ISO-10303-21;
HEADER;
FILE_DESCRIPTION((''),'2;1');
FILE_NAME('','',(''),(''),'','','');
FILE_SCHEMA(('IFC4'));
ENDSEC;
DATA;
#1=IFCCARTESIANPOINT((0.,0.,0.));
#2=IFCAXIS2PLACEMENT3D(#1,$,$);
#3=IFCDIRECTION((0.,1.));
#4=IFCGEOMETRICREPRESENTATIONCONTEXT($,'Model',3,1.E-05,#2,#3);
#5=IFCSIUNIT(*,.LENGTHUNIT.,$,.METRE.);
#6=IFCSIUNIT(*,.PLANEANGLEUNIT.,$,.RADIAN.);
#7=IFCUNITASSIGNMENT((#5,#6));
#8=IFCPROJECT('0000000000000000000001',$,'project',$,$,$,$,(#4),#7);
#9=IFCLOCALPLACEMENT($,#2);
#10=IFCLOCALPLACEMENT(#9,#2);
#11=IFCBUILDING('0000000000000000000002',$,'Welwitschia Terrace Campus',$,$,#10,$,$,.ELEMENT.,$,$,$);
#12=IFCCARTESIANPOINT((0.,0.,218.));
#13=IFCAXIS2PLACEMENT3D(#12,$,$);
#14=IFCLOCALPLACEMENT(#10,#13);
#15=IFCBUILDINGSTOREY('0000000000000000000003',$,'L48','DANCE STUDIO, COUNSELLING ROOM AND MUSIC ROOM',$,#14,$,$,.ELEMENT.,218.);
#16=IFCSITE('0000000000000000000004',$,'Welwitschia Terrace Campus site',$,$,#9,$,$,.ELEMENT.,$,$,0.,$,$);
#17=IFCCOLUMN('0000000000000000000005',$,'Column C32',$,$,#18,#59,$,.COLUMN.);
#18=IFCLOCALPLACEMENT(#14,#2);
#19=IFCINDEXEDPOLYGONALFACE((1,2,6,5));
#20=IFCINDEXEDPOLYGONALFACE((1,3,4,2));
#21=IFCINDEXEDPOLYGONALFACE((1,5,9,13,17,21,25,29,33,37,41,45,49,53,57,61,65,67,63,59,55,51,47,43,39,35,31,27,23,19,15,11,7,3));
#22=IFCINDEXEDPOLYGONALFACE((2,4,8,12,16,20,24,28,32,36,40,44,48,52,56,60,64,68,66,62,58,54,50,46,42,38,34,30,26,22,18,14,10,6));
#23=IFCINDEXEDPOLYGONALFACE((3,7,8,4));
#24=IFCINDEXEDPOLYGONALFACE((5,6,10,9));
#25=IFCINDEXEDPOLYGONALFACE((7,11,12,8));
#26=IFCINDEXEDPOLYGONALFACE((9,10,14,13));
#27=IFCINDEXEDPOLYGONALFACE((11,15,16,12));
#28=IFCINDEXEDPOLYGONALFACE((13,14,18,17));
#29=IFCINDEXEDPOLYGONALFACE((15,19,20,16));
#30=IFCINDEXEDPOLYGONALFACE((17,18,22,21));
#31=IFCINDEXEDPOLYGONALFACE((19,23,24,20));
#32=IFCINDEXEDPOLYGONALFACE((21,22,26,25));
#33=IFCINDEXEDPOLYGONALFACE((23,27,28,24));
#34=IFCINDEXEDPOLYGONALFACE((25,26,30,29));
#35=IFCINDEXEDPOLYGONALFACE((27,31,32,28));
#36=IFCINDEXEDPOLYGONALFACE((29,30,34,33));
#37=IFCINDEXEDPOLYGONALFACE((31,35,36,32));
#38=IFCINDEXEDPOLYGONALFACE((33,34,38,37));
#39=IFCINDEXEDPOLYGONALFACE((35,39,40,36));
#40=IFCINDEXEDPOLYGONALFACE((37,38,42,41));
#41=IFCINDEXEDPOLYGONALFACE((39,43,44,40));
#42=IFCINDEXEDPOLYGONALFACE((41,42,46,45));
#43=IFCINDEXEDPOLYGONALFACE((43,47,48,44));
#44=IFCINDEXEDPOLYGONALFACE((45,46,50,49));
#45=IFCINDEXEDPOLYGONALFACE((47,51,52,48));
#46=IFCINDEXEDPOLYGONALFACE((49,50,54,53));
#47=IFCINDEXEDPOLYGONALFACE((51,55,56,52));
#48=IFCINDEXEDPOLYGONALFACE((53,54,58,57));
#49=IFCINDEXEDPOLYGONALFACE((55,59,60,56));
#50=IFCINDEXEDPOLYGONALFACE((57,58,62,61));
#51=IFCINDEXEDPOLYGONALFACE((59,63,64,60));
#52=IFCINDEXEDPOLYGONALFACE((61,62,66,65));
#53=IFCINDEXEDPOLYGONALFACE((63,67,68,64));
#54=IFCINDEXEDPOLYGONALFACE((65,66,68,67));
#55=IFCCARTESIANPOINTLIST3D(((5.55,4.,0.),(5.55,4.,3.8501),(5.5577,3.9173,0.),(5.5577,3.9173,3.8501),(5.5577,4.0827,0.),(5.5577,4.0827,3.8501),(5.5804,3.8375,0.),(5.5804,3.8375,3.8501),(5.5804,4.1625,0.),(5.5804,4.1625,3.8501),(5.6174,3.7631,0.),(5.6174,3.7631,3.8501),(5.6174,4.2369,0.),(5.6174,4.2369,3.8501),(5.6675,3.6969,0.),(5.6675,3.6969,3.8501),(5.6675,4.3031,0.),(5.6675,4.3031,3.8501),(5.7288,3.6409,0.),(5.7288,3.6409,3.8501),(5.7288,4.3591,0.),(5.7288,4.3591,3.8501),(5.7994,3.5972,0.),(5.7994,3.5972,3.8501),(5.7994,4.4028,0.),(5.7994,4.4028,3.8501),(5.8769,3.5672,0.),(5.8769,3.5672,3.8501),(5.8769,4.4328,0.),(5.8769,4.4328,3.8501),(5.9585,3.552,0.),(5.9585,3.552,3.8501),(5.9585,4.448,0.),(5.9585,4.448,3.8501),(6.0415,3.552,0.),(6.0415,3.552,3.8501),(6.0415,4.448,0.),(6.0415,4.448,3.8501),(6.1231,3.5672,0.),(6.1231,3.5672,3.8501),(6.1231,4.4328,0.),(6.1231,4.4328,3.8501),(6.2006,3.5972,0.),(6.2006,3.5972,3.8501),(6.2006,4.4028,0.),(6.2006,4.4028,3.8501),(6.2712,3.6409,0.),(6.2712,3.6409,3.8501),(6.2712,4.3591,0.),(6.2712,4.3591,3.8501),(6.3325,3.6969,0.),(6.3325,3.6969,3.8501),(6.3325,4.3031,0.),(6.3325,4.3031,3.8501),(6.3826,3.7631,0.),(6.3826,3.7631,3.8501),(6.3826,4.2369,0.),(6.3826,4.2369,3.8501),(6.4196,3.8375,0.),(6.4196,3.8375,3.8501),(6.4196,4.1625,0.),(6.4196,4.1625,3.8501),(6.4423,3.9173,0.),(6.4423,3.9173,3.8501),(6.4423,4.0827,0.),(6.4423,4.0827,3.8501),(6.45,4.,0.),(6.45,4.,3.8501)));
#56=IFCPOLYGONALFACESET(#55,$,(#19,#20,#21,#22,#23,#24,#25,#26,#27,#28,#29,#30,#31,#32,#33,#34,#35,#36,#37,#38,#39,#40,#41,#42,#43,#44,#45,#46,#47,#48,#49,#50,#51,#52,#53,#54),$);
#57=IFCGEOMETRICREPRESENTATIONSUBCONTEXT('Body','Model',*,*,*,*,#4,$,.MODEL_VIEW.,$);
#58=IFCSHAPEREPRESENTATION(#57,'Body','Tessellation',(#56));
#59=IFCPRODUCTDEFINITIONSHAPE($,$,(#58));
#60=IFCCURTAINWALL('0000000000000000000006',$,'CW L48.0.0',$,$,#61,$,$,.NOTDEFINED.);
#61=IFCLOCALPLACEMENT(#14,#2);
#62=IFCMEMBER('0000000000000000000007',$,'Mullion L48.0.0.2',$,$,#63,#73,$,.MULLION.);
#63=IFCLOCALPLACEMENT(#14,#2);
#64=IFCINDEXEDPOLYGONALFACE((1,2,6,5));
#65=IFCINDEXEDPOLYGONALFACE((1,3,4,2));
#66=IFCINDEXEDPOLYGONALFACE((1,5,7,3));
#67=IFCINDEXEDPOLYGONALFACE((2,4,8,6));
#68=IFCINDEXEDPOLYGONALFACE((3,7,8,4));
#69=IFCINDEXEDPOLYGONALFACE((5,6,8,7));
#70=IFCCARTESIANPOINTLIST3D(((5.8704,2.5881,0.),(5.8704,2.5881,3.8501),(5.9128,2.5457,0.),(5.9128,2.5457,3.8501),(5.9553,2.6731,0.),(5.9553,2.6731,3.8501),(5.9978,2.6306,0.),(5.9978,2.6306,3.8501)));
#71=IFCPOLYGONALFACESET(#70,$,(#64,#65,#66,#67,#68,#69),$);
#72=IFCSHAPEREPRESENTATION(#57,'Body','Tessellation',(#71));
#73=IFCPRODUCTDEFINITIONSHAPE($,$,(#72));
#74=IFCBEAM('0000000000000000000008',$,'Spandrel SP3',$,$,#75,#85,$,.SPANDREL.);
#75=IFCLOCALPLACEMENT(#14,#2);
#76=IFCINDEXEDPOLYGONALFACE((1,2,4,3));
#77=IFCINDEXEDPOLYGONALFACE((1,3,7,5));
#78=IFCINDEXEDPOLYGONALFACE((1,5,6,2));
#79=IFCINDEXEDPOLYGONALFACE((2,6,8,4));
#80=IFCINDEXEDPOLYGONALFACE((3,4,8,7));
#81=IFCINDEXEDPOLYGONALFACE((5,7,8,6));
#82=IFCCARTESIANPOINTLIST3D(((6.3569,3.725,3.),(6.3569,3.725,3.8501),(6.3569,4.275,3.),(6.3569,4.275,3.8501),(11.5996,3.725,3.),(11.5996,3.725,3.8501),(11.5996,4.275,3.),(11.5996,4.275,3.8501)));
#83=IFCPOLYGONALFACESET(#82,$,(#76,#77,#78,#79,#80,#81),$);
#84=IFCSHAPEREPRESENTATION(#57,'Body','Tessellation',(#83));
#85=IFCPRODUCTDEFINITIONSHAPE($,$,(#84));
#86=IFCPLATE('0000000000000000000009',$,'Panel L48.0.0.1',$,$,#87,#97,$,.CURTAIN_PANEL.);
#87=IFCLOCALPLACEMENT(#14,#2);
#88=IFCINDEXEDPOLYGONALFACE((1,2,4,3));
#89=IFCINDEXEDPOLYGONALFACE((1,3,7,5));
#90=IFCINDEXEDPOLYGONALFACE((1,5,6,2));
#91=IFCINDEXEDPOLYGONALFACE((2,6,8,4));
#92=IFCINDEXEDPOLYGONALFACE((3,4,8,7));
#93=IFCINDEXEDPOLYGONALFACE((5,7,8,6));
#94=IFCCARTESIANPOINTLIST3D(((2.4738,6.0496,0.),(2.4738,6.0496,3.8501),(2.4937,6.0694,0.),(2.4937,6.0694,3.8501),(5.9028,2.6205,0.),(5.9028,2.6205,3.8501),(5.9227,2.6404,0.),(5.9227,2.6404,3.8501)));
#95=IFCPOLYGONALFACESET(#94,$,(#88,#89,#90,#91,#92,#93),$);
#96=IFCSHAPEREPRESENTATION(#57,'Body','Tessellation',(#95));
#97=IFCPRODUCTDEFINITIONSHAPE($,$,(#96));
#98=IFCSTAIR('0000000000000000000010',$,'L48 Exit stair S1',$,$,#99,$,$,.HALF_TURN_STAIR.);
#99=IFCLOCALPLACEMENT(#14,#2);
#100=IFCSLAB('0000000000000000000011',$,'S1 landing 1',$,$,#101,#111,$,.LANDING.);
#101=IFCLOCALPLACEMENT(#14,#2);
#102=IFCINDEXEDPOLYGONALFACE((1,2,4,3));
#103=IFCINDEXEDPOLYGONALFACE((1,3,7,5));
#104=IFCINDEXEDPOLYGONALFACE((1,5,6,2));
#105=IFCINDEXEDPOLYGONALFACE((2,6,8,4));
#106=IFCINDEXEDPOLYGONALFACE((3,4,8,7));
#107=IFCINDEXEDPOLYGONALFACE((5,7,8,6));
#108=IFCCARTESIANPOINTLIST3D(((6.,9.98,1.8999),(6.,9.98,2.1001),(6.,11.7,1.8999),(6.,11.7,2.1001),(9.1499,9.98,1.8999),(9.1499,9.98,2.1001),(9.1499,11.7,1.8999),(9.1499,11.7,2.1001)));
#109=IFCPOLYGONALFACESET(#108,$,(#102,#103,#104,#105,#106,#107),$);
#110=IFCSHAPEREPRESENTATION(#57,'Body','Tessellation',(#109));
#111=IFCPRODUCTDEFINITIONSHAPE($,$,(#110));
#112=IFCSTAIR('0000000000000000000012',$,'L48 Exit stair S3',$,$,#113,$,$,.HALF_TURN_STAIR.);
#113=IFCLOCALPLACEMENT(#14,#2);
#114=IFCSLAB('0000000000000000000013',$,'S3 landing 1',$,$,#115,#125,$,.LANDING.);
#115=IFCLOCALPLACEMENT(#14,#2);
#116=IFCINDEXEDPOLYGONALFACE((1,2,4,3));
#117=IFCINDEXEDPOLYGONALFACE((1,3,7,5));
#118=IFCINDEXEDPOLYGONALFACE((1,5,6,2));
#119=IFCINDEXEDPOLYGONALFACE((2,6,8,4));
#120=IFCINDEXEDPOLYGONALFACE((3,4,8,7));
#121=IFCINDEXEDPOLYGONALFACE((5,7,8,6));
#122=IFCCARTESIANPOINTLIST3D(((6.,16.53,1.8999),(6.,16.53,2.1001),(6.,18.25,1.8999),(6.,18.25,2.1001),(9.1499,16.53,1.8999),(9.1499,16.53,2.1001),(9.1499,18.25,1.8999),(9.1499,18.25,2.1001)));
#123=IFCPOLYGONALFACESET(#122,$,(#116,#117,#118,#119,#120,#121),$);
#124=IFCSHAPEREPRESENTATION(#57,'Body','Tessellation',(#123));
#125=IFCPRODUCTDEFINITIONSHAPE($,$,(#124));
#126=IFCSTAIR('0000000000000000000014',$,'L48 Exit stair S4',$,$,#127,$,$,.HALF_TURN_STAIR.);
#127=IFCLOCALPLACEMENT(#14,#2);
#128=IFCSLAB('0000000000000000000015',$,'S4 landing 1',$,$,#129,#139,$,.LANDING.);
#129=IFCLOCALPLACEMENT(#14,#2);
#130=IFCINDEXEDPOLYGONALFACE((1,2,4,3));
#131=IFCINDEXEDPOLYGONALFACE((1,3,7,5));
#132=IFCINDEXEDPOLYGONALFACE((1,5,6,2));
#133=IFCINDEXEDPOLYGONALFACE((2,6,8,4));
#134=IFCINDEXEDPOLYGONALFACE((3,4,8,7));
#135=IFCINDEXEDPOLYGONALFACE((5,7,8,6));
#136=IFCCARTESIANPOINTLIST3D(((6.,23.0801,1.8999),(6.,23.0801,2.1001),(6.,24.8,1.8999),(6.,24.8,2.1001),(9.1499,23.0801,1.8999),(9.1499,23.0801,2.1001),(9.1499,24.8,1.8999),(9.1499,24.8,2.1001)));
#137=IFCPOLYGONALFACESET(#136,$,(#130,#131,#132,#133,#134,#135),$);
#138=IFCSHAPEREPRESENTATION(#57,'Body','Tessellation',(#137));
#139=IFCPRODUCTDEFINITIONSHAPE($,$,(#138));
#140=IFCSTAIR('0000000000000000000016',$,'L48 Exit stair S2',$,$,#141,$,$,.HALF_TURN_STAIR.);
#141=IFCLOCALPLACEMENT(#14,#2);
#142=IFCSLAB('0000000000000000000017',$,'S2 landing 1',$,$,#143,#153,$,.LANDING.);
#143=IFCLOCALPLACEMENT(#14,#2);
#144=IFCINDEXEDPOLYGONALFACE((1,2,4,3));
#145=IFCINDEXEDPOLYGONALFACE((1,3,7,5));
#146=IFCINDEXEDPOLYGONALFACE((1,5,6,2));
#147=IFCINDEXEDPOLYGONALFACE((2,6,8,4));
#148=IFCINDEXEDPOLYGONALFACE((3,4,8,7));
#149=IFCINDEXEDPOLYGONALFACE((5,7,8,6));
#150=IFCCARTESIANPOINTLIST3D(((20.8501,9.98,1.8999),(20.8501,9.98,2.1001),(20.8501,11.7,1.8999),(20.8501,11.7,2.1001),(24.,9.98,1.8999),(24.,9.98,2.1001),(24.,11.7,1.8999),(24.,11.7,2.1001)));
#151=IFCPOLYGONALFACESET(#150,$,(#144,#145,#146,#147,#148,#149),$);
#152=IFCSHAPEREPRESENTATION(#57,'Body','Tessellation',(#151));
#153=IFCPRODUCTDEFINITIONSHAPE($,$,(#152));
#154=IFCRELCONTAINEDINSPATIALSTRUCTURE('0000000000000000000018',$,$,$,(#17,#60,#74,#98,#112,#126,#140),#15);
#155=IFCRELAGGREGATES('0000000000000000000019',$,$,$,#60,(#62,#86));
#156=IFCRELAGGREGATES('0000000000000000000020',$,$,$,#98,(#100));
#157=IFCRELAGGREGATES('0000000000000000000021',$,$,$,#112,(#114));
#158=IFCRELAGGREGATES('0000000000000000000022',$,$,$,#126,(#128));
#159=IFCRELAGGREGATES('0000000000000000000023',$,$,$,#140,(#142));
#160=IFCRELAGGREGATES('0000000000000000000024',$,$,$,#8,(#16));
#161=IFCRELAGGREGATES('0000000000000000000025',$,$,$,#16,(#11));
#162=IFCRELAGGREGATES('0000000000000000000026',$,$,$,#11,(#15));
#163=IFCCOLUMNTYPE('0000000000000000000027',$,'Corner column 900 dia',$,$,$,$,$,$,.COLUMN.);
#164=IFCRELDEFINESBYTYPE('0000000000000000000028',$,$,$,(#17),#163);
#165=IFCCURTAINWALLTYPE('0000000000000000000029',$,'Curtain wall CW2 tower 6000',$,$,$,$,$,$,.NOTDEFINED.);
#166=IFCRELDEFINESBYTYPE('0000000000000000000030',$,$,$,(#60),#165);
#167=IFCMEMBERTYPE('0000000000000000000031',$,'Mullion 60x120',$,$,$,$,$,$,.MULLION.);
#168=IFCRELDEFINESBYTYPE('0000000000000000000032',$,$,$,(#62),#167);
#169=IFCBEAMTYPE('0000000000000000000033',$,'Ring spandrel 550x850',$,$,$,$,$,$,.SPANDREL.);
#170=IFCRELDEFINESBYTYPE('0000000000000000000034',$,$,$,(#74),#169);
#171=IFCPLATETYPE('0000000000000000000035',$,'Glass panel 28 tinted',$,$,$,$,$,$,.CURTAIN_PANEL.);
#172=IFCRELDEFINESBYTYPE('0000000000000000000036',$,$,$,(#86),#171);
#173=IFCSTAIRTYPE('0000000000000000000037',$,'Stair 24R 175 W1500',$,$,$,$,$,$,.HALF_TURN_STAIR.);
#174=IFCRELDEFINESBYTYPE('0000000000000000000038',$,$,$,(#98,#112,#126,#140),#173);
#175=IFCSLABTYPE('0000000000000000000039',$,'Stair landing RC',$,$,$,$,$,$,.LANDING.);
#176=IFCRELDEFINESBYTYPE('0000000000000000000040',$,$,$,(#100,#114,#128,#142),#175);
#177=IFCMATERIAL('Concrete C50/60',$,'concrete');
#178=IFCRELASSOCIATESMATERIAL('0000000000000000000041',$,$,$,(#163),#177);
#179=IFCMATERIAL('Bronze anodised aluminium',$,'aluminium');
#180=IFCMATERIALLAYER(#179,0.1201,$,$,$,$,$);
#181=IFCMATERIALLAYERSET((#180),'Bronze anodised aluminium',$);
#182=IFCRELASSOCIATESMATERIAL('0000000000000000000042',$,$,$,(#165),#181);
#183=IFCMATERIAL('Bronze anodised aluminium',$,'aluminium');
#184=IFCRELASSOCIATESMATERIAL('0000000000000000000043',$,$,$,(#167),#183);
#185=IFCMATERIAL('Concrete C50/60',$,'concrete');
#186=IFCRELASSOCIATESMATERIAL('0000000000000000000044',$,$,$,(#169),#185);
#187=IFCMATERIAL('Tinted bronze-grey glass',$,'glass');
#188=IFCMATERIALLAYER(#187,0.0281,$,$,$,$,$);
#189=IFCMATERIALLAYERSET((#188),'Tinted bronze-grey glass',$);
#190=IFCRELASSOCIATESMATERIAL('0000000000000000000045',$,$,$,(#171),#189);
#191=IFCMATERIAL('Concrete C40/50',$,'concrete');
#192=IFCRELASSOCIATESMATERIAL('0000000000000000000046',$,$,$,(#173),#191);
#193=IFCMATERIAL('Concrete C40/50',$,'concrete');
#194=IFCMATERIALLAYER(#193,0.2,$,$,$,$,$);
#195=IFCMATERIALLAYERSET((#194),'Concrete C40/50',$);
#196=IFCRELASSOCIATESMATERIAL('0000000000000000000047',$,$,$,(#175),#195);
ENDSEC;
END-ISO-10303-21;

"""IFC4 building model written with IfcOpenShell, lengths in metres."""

from ifc_helpers import new_model, si_unit, direction, frame, origin, origin_2d, place, context, subcontext, project, spatial, polyline, rectangle, circle, outline, extrude, material, layer, layer_set, material_profile, profile_set, type_object, element, aggregate, save


model = new_model("IFC4")

# Units and contexts
model_context = context("Model", 3, precision=1e-05, world=origin(), true_north=direction((0.0, 1.0)))
body_context = subcontext(model_context, "Body", "Model", "MODEL_VIEW")
ifc_project = project(units=[si_unit("LENGTHUNIT", "METRE"), si_unit("PLANEANGLEUNIT", "RADIAN")], contexts=[model_context])

# Site, building, storey
site_placement = place(None, origin())
site = spatial("IfcSite", under=ifc_project, at=site_placement, Name="Welwitschia Terrace Campus site", CompositionType="ELEMENT", RefElevation=0.0)
building_placement = place(site_placement, origin())
building = spatial("IfcBuilding", under=site, at=building_placement, Name="Welwitschia Terrace Campus", CompositionType="ELEMENT")
storey_placement = place(building_placement, frame((0.0, 0.0, 218.0)))
storey = spatial("IfcBuildingStorey", under=building, at=storey_placement, Name="L48", Description="DANCE STUDIO, COUNSELLING ROOM AND MUSIC ROOM", CompositionType="ELEMENT", Elevation=218.0)

# Column
ifc_material_1 = material(Name="Concrete C50/60", Category="concrete")
ifc_material_profile_1 = material_profile(ifc_material_1, circle(Radius=0.45, at=origin_2d()))
ifc_profile_set_1 = profile_set([ifc_material_profile_1], Name="Concrete C50/60")
column_type = type_object("IfcColumnType", Name="Corner column 900 dia", PredefinedType="COLUMN", material=ifc_profile_set_1)
column_placement = place(storey_placement, frame((6.0, 4.0, 0.0), z_axis=(0.0, 0.0, 1.0), x_axis=(1.0, 0.0, 0.0)))
element("IfcColumn", 1, at=column_placement, inside=storey, type_object=column_type, Name="Column C32", PredefinedType="COLUMN", context=body_context, shape_type="SweptSolid", body=[
    extrude(circle(Radius=0.45, at=origin_2d()), origin(), (0.0, 0.0, 1.0), 3.8501),
])

# Curtain wall, member
ifc_material_2 = material(Name="Bronze anodised aluminium", Category="aluminium")
ifc_layer_1 = layer(ifc_material_2, 0.1201)
ifc_layer_set_1 = layer_set([ifc_layer_1], Name="Bronze anodised aluminium")
curtain_wall_type = type_object("IfcCurtainWallType", Name="Curtain wall CW2 tower 6000", PredefinedType="NOTDEFINED", material=ifc_layer_set_1)
curtain_wall_placement = place(storey_placement, origin())
curtain_wall = element("IfcCurtainWall", 2, at=curtain_wall_placement, inside=storey, type_object=curtain_wall_type, Name="CW L48.0.0", PredefinedType="NOTDEFINED")
ifc_material_3 = material(Name="Bronze anodised aluminium", Category="aluminium")
ifc_material_profile_2 = material_profile(ifc_material_3, rectangle(XDim=0.1201, YDim=0.0601, at=origin_2d()))
ifc_profile_set_2 = profile_set([ifc_material_profile_2], Name="Bronze anodised aluminium")
member_type = type_object("IfcMemberType", Name="Mullion 60x120", PredefinedType="MULLION", material=ifc_profile_set_2)
member_placement = place(storey_placement, frame((5.9341, 2.6094, 0.0), z_axis=(0.0, 0.0, 1.0), x_axis=(0.707107, 0.707107, 0.0)))
member = element("IfcMember", 3, at=member_placement, type_object=member_type, Name="Mullion L48.0.0.2", PredefinedType="MULLION", context=body_context, shape_type="SweptSolid", body=[
    extrude(rectangle(XDim=0.1201, YDim=0.0601, at=origin_2d()), origin(), (0.0, 0.0, 1.0), 3.8501),
])

# Beam
ifc_material_4 = material(Name="Concrete C50/60", Category="concrete")
ifc_material_profile_3 = material_profile(ifc_material_4, rectangle(XDim=0.55, YDim=0.8501, at=origin_2d()))
ifc_profile_set_3 = profile_set([ifc_material_profile_3], Name="Concrete C50/60")
beam_type = type_object("IfcBeamType", Name="Ring spandrel 550x850", PredefinedType="SPANDREL", material=ifc_profile_set_3)
beam_placement = place(storey_placement, frame((6.3569, 4.0, 3.425), z_axis=(1.0, 0.0, 0.0), x_axis=(0.0, 1.0, 0.0)))
element("IfcBeam", 4, at=beam_placement, inside=storey, type_object=beam_type, Name="Spandrel SP3", PredefinedType="SPANDREL", context=body_context, shape_type="SweptSolid", body=[
    extrude(rectangle(XDim=0.55, YDim=0.8501, at=origin_2d()), origin(), (0.0, 0.0, 1.0), 5.2427),
])

# Plate
ifc_material_5 = material(Name="Tinted bronze-grey glass", Category="glass")
ifc_layer_2 = layer(ifc_material_5, 0.0281)
ifc_layer_set_2 = layer_set([ifc_layer_2], Name="Tinted bronze-grey glass")
plate_type = type_object("IfcPlateType", Name="Glass panel 28 tinted", PredefinedType="CURTAIN_PANEL", material=ifc_layer_set_2)
plate_placement = place(storey_placement, frame((4.1982, 4.345, 0.0), z_axis=(0.0, 0.0, 1.0), x_axis=(0.707107, -0.707107, 0.0)))
plate = element("IfcPlate", 5, at=plate_placement, type_object=plate_type, Name="Panel L48.0.0.1", PredefinedType="CURTAIN_PANEL", context=body_context, shape_type="SweptSolid", body=[
    extrude(rectangle(XDim=4.8494, YDim=0.0281, at=origin_2d()), origin(), (0.0, 0.0, 1.0), 3.8501),
])
aggregate(curtain_wall, [member, plate])

# Stairs, slabs
ifc_material_6 = material(Name="Concrete C40/50", Category="concrete")
stair_type = type_object("IfcStairType", Name="Stair 24R 175 W1500", PredefinedType="HALF_TURN_STAIR", material=ifc_material_6)
stair_1_placement = place(storey_placement, origin())
stair_1 = element("IfcStair", 6, at=stair_1_placement, inside=storey, type_object=stair_type, Name="L48 Exit stair S1", PredefinedType="HALF_TURN_STAIR")
ifc_material_7 = material(Name="Concrete C40/50", Category="concrete")
ifc_layer_3 = layer(ifc_material_7, 0.2)
ifc_layer_set_3 = layer_set([ifc_layer_3], Name="Concrete C40/50")
slab_type_1 = type_object("IfcSlabType", Name="Stair landing RC", PredefinedType="LANDING", material=ifc_layer_set_3)
slab_1_placement = place(storey_placement, frame((0.0, 0.0, 1.8999)))
slab_1 = element("IfcSlab", 7, at=slab_1_placement, type_object=slab_type_1, Name="S1 landing 1", PredefinedType="LANDING", context=body_context, shape_type="SweptSolid", body=[
    extrude(outline(polyline([(9.1499, 9.98), (9.1499, 11.7), (6.0, 11.7), (6.0, 9.98), (9.1499, 9.98)])), origin(), (0.0, 0.0, 1.0), 0.2002),
])
aggregate(stair_1, [slab_1])
stair_2_placement = place(storey_placement, origin())
stair_2 = element("IfcStair", 8, at=stair_2_placement, inside=storey, type_object=stair_type, Name="L48 Exit stair S3", PredefinedType="HALF_TURN_STAIR")
slab_2_placement = place(storey_placement, frame((0.0, 0.0, 1.8999)))
slab_2 = element("IfcSlab", 9, at=slab_2_placement, type_object=slab_type_1, Name="S3 landing 1", PredefinedType="LANDING", context=body_context, shape_type="SweptSolid", body=[
    extrude(outline(polyline([(9.1499, 16.53), (9.1499, 18.25), (6.0, 18.25), (6.0, 16.53), (9.1499, 16.53)])), origin(), (0.0, 0.0, 1.0), 0.2002),
])
aggregate(stair_2, [slab_2])
stair_3_placement = place(storey_placement, origin())
stair_3 = element("IfcStair", 10, at=stair_3_placement, inside=storey, type_object=stair_type, Name="L48 Exit stair S4", PredefinedType="HALF_TURN_STAIR")
slab_3_placement = place(storey_placement, frame((0.0, 0.0, 1.8999)))
slab_3 = element("IfcSlab", 11, at=slab_3_placement, type_object=slab_type_1, Name="S4 landing 1", PredefinedType="LANDING", context=body_context, shape_type="SweptSolid", body=[
    extrude(outline(polyline([(9.1499, 23.0801), (9.1499, 24.8), (6.0, 24.8), (6.0, 23.0801), (9.1499, 23.0801)])), origin(), (0.0, 0.0, 1.0), 0.2002),
])
aggregate(stair_3, [slab_3])
stair_4_placement = place(storey_placement, origin())
stair_4 = element("IfcStair", 12, at=stair_4_placement, inside=storey, type_object=stair_type, Name="L48 Exit stair S2", PredefinedType="HALF_TURN_STAIR")
slab_4_placement = place(storey_placement, frame((0.0, 0.0, 1.8999)))
slab_4 = element("IfcSlab", 13, at=slab_4_placement, type_object=slab_type_1, Name="S2 landing 1", PredefinedType="LANDING", context=body_context, shape_type="SweptSolid", body=[
    extrude(outline(polyline([(24.0, 9.98), (24.0, 11.7), (20.8501, 11.7), (20.8501, 9.98), (24.0, 9.98)])), origin(), (0.0, 0.0, 1.0), 0.2002),
])
aggregate(stair_4, [slab_4])

save(model, "model.ifc")
